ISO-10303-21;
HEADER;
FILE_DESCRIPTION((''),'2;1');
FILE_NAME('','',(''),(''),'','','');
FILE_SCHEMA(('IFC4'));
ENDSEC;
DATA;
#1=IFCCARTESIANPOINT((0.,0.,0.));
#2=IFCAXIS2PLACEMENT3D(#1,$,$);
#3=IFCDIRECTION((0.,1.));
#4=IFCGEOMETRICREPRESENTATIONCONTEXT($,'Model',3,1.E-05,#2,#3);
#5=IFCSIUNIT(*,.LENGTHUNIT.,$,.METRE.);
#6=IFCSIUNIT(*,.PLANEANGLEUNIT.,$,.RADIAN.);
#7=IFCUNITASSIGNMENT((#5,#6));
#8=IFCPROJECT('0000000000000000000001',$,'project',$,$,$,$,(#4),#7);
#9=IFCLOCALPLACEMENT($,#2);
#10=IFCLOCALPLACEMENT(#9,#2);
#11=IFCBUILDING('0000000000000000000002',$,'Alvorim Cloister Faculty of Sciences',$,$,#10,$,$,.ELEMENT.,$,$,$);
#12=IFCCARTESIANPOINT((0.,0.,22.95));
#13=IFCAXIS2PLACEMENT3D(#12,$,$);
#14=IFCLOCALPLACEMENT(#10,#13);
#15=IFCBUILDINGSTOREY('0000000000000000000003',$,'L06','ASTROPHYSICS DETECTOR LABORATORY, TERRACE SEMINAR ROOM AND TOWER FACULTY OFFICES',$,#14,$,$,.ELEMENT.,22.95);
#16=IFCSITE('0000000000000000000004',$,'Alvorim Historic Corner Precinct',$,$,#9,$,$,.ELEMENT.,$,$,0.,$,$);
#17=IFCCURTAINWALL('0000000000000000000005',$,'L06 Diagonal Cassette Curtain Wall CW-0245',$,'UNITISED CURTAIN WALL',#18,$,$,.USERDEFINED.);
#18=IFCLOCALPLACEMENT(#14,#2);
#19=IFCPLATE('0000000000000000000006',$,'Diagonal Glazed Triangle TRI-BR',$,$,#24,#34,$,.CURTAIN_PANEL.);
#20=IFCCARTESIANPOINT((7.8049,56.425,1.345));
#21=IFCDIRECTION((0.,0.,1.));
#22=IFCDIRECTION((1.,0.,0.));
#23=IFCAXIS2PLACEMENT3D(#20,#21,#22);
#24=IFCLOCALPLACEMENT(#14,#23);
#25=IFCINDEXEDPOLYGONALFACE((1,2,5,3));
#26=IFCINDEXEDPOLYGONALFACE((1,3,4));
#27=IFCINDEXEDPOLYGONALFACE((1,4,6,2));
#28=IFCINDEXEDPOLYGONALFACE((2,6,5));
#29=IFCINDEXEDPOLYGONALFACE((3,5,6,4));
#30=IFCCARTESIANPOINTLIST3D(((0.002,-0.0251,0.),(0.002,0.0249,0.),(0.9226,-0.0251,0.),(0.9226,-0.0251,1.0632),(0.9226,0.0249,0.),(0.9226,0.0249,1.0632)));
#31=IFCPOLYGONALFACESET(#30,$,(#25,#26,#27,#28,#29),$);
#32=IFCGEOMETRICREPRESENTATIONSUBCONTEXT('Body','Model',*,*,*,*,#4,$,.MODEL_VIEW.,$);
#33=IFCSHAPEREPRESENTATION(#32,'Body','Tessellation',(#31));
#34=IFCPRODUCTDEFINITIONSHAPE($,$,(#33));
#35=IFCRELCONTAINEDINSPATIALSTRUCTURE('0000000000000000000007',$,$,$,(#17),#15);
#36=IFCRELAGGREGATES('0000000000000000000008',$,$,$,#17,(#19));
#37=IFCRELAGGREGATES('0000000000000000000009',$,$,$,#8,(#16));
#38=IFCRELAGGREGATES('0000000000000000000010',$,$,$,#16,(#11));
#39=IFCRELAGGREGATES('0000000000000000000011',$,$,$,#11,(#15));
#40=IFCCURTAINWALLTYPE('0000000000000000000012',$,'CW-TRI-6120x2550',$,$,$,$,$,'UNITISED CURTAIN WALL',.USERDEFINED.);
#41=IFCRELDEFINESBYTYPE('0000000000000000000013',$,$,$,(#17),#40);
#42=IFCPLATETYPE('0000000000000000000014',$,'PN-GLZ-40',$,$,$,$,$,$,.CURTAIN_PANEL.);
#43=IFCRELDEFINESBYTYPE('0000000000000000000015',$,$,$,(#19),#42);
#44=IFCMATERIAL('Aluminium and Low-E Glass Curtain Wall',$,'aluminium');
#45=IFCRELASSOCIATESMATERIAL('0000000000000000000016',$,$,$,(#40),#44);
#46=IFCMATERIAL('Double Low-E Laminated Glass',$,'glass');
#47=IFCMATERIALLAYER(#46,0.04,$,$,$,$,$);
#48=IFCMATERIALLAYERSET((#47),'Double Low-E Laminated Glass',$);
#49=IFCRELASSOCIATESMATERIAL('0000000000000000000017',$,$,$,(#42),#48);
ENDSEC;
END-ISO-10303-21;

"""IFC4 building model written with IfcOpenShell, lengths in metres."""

from ifc_helpers import new_model, si_unit, direction, frame, origin, place, context, subcontext, project, spatial, polyline, outline, extrude, material, layer, layer_set, type_object, element, aggregate, save


model = new_model("IFC4")

# Units and contexts
model_context = context("Model", 3, precision=1e-05, world=origin(), true_north=direction((0.0, 1.0)))
body_context = subcontext(model_context, "Body", "Model", "MODEL_VIEW")
ifc_project = project(units=[si_unit("LENGTHUNIT", "METRE"), si_unit("PLANEANGLEUNIT", "RADIAN")], contexts=[model_context])

# Site, building, storey
site_placement = place(None, origin())
site = spatial("IfcSite", under=ifc_project, at=site_placement, Name="Alvorim Historic Corner Precinct", CompositionType="ELEMENT", RefElevation=0.0)
building_placement = place(site_placement, origin())
building = spatial("IfcBuilding", under=site, at=building_placement, Name="Alvorim Cloister Faculty of Sciences", CompositionType="ELEMENT")
storey_placement = place(building_placement, frame((0.0, 0.0, 22.95)))
storey = spatial("IfcBuildingStorey", under=building, at=storey_placement, Name="L06", Description="ASTROPHYSICS DETECTOR LABORATORY, TERRACE SEMINAR ROOM AND TOWER FACULTY OFFICES", CompositionType="ELEMENT", Elevation=22.95)

# Shared definitions
ifc_material_1 = material(Name="Aluminium and Low-E Glass Curtain Wall", Category="aluminium")
curtain_wall_type = type_object("IfcCurtainWallType", Name="CW-TRI-6120x2550", ElementType="UNITISED CURTAIN WALL", PredefinedType="USERDEFINED", material=ifc_material_1)

# Curtain wall
curtain_wall_1_placement = place(storey_placement, origin())
curtain_wall_1 = element("IfcCurtainWall", 1, at=curtain_wall_1_placement, inside=storey, type_object=curtain_wall_type, Name="L06 Diagonal Cassette Curtain Wall CW-0245", ObjectType="UNITISED CURTAIN WALL", PredefinedType="USERDEFINED")

# Plate
ifc_material_2 = material(Name="Double Low-E Laminated Glass", Category="glass")
ifc_layer_1 = layer(ifc_material_2, 0.04)
ifc_layer_set_1 = layer_set([ifc_layer_1], Name="Double Low-E Laminated Glass")
plate_type = type_object("IfcPlateType", Name="PN-GLZ-40", PredefinedType="CURTAIN_PANEL", material=ifc_layer_set_1)
plate_1_placement = place(storey_placement, frame((7.8049, 56.425, 1.345), z_axis=(0.0, 0.0, 1.0), x_axis=(1.0, 0.0, 0.0)))
plate_1 = element("IfcPlate", 2, at=plate_1_placement, type_object=plate_type, Name="Diagonal Glazed Triangle TRI-BR", PredefinedType="CURTAIN_PANEL", context=body_context, shape_type="SweptSolid", body=[
    extrude(outline(polyline([(0.002, 0.0), (0.9226, 0.0), (0.9226, 1.0632), (0.002, 0.0)])), frame((0.0, 0.0249, 0.0), z_axis=(0.0, -1.0, 0.0), x_axis=(1.0, 0.0, 0.0)), (0.0, 0.0, 1.0), 0.05),
])
aggregate(curtain_wall_1, [plate_1])

save(model, "model.ifc")
